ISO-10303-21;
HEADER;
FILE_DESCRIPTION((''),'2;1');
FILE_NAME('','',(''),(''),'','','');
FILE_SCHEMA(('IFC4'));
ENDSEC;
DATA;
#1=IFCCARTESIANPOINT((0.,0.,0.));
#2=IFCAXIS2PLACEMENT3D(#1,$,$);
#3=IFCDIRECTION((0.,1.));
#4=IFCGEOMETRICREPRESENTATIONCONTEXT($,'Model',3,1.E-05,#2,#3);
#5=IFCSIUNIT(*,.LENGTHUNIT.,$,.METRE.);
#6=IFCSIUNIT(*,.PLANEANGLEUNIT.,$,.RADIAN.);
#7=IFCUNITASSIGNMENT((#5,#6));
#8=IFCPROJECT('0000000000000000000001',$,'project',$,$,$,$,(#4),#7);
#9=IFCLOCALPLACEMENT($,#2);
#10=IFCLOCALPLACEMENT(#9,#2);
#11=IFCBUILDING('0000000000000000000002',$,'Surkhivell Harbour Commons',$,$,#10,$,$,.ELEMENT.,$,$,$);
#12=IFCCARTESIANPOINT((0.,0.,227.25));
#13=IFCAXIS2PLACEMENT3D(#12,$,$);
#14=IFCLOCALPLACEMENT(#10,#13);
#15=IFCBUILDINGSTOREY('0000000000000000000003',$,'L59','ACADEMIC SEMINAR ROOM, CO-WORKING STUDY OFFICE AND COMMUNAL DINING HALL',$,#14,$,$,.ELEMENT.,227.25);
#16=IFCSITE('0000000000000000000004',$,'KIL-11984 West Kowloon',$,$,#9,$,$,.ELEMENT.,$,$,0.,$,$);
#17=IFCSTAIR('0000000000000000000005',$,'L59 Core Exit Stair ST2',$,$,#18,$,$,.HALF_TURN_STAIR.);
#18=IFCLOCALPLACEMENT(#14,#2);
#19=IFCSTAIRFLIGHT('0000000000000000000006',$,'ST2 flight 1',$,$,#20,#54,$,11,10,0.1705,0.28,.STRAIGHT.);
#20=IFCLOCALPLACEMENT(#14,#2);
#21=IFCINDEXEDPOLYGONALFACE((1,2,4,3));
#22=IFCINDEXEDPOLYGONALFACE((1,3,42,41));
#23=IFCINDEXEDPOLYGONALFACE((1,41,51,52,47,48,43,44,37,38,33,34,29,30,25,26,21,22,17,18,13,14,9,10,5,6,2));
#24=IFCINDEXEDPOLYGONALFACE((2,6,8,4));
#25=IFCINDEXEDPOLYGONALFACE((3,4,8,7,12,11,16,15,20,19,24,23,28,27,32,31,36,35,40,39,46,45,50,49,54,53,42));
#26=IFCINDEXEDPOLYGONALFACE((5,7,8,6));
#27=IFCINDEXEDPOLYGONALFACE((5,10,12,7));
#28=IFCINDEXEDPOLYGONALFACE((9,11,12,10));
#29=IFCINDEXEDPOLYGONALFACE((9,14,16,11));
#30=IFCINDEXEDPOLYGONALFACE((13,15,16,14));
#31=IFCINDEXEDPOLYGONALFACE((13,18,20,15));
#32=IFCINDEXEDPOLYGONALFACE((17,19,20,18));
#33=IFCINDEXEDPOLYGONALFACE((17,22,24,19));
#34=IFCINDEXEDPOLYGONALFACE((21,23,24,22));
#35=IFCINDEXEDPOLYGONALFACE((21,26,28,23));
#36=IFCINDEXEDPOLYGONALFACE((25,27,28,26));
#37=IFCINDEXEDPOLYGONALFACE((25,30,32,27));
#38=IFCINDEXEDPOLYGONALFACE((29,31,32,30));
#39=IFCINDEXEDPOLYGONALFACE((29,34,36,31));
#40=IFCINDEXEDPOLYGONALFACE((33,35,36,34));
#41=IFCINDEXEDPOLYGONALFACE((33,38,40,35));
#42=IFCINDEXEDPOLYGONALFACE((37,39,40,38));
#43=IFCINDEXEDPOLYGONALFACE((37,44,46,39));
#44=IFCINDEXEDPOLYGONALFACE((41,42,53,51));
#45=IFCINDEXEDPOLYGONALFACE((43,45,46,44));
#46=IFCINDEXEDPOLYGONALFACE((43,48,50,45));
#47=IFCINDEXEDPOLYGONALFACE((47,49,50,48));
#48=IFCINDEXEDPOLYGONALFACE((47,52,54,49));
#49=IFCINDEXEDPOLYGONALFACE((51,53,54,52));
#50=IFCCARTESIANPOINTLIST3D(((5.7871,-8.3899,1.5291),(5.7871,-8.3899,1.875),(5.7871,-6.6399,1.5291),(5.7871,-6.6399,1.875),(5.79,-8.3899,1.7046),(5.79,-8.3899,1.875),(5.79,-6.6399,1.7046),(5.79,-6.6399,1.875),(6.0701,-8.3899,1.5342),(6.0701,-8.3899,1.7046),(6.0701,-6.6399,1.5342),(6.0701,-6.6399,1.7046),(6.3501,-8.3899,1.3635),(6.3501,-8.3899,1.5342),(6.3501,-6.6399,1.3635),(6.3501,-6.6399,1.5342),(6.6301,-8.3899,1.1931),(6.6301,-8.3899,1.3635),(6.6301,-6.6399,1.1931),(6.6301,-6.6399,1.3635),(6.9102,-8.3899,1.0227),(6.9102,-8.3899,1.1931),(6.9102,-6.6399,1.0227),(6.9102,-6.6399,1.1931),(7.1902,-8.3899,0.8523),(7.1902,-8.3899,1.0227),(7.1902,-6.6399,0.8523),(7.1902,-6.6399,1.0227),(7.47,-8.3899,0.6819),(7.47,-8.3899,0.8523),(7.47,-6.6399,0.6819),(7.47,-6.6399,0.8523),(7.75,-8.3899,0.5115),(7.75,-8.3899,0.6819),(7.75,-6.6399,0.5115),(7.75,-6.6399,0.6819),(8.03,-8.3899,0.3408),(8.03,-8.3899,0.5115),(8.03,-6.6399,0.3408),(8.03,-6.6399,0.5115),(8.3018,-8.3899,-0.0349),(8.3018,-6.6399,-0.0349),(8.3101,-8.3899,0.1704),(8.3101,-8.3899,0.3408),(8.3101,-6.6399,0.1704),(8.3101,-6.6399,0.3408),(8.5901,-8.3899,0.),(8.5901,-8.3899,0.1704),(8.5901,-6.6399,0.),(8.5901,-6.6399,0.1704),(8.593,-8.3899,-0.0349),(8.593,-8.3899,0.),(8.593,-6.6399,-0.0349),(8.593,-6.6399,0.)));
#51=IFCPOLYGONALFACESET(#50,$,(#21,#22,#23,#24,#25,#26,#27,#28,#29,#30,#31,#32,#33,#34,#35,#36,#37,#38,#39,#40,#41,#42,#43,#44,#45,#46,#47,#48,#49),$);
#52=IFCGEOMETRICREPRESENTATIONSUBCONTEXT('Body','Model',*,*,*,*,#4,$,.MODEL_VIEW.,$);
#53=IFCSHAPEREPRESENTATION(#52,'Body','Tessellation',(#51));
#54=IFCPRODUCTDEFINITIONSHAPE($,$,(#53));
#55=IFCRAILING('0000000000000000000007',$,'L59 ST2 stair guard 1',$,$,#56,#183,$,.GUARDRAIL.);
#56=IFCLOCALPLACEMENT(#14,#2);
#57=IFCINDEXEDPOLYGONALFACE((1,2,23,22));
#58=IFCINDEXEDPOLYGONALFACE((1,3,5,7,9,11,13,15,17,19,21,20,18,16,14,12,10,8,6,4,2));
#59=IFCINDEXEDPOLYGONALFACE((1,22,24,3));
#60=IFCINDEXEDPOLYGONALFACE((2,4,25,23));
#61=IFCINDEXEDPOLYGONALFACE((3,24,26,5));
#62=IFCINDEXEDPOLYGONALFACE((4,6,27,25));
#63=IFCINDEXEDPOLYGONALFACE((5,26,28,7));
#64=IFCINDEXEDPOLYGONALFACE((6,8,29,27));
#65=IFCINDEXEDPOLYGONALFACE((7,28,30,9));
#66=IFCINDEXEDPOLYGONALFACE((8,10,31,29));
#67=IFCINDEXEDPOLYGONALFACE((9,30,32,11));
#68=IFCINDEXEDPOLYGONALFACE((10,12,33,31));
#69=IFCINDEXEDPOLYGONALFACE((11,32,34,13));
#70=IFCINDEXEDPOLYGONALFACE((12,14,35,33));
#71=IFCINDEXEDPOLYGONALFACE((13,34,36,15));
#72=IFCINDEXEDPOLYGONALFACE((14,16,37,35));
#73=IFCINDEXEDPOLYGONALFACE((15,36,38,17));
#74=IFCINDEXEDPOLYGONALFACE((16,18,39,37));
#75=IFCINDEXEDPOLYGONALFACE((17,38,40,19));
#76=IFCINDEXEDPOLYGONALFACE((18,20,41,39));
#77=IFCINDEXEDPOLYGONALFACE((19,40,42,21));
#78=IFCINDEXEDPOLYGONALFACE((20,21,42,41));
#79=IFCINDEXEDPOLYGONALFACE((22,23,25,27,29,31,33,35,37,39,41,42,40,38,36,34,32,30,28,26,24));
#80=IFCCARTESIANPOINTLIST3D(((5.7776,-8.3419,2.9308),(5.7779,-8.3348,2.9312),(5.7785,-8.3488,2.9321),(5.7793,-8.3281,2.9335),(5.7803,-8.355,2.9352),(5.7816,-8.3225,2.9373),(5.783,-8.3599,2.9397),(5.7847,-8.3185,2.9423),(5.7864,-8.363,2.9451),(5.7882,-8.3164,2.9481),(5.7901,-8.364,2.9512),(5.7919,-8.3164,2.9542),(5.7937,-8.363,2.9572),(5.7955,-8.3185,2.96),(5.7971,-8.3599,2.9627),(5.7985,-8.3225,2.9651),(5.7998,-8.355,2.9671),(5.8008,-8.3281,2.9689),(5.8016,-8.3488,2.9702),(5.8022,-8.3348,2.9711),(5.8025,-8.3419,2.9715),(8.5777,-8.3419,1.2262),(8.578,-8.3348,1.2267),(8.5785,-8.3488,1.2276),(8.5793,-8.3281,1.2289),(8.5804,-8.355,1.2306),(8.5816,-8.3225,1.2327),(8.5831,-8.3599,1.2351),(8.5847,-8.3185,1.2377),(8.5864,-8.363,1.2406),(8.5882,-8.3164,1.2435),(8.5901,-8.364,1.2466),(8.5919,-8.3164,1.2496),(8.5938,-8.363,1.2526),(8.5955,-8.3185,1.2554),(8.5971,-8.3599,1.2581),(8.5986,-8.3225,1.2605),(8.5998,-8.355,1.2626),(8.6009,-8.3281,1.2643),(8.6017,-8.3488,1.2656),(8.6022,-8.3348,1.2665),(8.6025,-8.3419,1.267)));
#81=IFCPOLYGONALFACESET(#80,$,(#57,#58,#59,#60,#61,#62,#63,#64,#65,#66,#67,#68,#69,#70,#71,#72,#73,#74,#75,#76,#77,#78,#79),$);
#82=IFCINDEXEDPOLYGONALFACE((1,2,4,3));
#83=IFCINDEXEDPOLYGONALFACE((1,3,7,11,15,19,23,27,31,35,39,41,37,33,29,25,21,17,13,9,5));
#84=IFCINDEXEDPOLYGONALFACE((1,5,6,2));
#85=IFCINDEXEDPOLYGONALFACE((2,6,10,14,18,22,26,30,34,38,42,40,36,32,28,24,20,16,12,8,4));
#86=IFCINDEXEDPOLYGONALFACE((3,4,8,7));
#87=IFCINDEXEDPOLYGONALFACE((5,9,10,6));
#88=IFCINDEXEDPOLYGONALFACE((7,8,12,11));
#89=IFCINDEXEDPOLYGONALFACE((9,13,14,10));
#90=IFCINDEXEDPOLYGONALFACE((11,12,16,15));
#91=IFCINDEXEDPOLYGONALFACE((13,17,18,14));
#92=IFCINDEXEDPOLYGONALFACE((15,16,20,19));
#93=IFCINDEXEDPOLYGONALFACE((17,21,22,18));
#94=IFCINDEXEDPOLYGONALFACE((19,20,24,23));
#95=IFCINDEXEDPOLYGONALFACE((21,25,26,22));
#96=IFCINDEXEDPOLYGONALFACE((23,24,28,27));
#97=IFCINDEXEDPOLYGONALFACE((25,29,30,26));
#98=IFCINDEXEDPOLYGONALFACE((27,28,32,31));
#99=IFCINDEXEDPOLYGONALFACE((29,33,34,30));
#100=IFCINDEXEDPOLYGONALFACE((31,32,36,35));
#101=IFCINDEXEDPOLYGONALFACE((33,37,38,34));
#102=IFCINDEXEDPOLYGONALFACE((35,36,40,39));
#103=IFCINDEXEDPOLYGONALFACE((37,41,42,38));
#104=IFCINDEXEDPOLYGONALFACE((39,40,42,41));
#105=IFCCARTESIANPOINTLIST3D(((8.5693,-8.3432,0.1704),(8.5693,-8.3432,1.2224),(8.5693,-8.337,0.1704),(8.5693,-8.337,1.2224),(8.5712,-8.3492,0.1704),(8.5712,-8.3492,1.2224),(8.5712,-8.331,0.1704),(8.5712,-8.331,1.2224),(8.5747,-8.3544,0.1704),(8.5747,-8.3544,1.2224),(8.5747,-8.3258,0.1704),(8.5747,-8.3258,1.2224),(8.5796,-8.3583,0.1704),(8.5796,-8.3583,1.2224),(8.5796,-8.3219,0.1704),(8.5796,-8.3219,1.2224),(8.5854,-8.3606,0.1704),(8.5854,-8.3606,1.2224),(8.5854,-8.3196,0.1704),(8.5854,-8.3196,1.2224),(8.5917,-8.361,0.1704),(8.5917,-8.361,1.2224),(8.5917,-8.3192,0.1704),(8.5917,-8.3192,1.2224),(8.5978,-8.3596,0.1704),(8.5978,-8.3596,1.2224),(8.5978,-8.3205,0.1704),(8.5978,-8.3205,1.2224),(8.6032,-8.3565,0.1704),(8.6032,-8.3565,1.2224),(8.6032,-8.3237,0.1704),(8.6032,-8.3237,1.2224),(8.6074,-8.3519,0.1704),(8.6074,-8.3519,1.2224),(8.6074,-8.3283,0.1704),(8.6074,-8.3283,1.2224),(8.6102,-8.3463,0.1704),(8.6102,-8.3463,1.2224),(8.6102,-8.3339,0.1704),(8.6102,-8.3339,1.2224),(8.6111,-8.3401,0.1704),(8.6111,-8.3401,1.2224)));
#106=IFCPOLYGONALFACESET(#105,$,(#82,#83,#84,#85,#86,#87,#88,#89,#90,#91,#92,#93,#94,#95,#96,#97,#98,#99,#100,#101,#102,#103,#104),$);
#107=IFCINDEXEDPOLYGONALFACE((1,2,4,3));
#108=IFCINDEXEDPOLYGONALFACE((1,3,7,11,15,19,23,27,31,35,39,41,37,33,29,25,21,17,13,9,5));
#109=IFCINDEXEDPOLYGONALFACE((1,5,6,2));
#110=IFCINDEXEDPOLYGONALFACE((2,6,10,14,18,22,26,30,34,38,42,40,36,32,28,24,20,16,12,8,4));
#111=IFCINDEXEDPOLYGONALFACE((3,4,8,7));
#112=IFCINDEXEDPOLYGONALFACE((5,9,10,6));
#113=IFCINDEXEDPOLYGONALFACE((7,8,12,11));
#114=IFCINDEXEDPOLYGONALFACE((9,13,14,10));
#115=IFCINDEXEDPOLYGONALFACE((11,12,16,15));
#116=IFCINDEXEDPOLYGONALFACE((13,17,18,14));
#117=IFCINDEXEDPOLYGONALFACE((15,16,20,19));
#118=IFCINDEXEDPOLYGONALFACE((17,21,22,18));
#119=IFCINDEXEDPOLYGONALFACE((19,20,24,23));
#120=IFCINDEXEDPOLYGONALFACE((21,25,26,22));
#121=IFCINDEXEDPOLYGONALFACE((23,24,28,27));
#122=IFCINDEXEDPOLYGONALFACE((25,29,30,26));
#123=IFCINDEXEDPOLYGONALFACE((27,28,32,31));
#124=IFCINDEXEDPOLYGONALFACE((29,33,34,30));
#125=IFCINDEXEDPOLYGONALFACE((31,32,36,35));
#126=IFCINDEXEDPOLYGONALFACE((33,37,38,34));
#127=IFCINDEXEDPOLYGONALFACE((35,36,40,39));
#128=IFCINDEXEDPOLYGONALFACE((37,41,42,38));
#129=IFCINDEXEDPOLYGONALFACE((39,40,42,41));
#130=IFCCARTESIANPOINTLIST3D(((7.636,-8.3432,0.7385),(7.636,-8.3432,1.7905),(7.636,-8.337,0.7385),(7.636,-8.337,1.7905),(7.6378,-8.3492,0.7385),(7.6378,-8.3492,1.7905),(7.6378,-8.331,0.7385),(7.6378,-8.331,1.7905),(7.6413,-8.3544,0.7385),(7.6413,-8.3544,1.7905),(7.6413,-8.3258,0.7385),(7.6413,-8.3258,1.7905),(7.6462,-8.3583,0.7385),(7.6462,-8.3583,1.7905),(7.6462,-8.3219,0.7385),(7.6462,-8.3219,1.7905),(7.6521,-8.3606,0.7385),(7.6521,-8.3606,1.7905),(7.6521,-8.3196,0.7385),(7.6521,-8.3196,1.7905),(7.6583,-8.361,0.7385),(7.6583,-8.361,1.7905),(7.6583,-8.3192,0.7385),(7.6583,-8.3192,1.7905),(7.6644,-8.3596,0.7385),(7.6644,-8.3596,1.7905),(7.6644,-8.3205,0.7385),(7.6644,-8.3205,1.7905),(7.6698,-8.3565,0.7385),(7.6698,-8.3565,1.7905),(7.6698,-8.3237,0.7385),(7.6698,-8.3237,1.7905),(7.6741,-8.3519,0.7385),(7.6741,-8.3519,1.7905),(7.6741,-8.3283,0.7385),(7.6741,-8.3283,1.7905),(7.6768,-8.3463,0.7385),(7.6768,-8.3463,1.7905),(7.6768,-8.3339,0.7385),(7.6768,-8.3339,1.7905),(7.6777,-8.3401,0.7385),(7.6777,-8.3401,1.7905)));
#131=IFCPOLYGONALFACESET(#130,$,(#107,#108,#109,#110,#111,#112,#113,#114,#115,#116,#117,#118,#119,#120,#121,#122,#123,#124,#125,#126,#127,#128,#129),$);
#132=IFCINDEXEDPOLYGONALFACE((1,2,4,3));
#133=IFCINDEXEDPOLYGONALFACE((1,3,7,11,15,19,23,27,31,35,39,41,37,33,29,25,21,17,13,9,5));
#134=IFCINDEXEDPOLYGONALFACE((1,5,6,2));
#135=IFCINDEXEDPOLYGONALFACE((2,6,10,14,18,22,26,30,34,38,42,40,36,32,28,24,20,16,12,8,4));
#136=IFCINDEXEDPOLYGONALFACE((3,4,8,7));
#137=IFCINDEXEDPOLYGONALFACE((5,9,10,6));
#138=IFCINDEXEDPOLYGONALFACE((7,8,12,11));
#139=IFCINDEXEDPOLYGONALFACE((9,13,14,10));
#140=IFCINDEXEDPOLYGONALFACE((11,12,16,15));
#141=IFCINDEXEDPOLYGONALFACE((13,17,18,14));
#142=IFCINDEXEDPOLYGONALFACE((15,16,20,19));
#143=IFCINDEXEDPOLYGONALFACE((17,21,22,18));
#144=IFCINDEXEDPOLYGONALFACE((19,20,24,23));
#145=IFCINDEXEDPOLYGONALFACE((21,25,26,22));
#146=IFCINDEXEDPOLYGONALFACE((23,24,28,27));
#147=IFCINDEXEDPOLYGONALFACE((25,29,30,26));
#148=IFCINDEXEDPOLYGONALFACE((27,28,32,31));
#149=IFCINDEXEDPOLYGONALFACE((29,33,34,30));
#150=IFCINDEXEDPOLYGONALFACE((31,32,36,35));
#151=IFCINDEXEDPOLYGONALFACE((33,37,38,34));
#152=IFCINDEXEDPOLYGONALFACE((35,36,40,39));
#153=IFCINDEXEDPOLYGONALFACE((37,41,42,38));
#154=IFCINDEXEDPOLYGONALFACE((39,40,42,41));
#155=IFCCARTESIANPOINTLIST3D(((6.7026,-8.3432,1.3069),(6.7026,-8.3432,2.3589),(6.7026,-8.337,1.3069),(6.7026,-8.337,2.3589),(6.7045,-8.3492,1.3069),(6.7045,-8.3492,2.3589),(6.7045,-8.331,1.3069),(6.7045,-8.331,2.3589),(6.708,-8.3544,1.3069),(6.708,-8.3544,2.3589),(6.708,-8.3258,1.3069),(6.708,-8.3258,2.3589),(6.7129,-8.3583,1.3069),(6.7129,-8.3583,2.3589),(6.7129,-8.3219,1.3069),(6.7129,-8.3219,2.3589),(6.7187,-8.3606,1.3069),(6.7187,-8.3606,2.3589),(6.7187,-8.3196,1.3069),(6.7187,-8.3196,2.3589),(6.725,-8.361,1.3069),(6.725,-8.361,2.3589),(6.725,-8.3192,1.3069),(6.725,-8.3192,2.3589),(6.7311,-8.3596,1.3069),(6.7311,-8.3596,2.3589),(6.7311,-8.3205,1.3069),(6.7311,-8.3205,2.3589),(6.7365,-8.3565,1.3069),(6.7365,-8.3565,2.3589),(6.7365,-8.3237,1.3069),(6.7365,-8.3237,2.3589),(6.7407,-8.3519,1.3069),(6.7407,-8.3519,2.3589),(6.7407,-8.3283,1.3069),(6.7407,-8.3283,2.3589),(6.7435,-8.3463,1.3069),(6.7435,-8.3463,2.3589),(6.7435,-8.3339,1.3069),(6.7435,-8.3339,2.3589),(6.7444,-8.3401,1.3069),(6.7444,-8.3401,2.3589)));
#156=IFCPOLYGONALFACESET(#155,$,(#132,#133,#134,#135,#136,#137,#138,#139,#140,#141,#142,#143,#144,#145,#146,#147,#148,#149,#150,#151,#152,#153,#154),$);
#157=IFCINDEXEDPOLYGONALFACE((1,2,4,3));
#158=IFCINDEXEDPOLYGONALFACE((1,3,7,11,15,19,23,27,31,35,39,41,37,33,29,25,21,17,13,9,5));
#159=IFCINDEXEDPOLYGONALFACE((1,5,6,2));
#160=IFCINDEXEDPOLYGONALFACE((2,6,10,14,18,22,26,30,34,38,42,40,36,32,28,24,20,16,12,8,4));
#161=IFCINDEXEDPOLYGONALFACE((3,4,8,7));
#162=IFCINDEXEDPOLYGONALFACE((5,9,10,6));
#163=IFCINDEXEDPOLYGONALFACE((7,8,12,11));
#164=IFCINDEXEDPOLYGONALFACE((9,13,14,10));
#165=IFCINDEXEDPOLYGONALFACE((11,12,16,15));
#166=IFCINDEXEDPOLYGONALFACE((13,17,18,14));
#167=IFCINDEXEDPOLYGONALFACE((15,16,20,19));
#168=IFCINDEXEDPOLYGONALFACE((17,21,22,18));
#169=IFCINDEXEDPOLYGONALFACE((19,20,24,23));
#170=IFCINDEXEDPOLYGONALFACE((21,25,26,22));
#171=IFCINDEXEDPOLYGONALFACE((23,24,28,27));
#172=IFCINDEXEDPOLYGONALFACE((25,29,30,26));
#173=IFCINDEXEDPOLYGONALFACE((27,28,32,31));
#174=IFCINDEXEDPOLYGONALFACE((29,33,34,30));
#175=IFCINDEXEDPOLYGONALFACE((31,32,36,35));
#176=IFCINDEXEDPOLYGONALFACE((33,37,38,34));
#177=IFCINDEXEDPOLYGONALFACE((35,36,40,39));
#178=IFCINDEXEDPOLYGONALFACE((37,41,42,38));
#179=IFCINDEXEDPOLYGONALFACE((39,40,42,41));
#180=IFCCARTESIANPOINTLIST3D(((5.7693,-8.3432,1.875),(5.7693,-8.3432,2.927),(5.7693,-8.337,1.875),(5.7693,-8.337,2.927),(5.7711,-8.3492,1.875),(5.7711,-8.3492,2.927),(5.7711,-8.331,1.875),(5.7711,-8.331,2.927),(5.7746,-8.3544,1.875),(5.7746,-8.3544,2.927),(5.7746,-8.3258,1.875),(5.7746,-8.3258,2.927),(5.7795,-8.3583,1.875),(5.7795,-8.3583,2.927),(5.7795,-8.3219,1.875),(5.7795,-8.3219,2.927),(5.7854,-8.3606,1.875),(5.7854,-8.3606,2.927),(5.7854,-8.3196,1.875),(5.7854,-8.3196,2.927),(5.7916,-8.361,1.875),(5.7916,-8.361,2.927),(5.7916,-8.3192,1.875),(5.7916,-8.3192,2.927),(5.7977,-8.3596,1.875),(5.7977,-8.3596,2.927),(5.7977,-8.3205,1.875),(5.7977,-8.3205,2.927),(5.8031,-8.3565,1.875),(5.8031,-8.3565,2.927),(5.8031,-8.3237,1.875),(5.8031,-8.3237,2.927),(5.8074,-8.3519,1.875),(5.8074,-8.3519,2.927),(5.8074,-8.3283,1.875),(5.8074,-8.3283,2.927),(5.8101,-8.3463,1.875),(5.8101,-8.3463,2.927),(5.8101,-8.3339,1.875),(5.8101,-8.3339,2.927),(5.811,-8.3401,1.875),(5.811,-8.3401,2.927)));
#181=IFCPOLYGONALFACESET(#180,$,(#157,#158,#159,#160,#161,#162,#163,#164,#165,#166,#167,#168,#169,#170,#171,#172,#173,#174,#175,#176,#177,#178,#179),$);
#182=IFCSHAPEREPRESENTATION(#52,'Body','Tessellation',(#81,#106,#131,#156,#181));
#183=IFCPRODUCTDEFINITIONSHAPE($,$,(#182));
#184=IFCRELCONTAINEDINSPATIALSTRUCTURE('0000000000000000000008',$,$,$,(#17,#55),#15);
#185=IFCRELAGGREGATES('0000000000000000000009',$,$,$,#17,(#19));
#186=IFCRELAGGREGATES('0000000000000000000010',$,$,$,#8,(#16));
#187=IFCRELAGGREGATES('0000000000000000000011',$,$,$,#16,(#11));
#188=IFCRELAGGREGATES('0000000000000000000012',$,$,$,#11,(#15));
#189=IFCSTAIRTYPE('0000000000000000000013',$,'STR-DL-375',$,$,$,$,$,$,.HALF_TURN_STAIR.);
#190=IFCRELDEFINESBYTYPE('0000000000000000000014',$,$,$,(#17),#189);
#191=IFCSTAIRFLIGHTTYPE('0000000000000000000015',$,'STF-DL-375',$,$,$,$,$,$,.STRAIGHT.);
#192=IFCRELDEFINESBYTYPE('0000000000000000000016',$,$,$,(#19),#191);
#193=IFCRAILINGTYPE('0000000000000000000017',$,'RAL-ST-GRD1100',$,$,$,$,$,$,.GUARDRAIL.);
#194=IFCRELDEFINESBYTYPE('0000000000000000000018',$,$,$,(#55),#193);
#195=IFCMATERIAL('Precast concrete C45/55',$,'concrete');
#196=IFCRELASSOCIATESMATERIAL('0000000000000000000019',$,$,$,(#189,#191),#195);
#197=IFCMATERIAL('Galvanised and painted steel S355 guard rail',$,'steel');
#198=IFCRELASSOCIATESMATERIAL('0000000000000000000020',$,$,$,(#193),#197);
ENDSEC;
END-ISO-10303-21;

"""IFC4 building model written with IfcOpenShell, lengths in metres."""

from ifc_helpers import new_model, si_unit, direction, frame, origin, origin_2d, place, context, subcontext, project, spatial, polyline, circle, outline, extrude, material, type_object, element, aggregate, save


model = new_model("IFC4")

# Units and contexts
model_context = context("Model", 3, precision=1e-05, world=origin(), true_north=direction((0.0, 1.0)))
body_context = subcontext(model_context, "Body", "Model", "MODEL_VIEW")
ifc_project = project(units=[si_unit("LENGTHUNIT", "METRE"), si_unit("PLANEANGLEUNIT", "RADIAN")], contexts=[model_context])

# Site, building, storey
site_placement = place(None, origin())
site = spatial("IfcSite", under=ifc_project, at=site_placement, Name="KIL-11984 West Kowloon", CompositionType="ELEMENT", RefElevation=0.0)
building_placement = place(site_placement, origin())
building = spatial("IfcBuilding", under=site, at=building_placement, Name="Surkhivell Harbour Commons", CompositionType="ELEMENT")
storey_placement = place(building_placement, frame((0.0, 0.0, 227.25)))
storey = spatial("IfcBuildingStorey", under=building, at=storey_placement, Name="L59", Description="ACADEMIC SEMINAR ROOM, CO-WORKING STUDY OFFICE AND COMMUNAL DINING HALL", CompositionType="ELEMENT", Elevation=227.25)

# Stair, stair flight
ifc_material_1 = material(Name="Precast concrete C45/55", Category="concrete")
stair_type = type_object("IfcStairType", Name="STR-DL-375", PredefinedType="HALF_TURN_STAIR", material=ifc_material_1)
stair_placement = place(storey_placement, origin())
stair = element("IfcStair", 1, at=stair_placement, inside=storey, type_object=stair_type, Name="L59 Core Exit Stair ST2", PredefinedType="HALF_TURN_STAIR")
stair_flight_type = type_object("IfcStairFlightType", Name="STF-DL-375", PredefinedType="STRAIGHT", material=ifc_material_1)
stair_flight_placement = place(storey_placement, frame((8.5901, -7.5149, 0.0), z_axis=(0.0, 0.0, 1.0), x_axis=(-1.0, 0.0, 0.0)))
stair_flight = element("IfcStairFlight", 2, at=stair_flight_placement, type_object=stair_flight_type, Name="ST2 flight 1", NumberOfRisers=11, NumberOfTreads=10, PredefinedType="STRAIGHT", RiserHeight=0.1705, TreadLength=0.28, context=body_context, shape_type="SweptSolid", body=[
    extrude(outline(polyline([(-0.0029, -0.0349), (-0.0029, 0.0), (0.0, 0.0), (0.0, 0.1704), (0.28, 0.1704), (0.28, 0.3408), (0.5601, 0.3408), (0.5601, 0.5115), (0.8401, 0.5115), (0.8401, 0.6819), (1.1201, 0.6819), (1.1201, 0.8523), (1.3999, 0.8523), (1.3999, 1.0227), (1.6799, 1.0227), (1.6799, 1.1931), (1.96, 1.1931), (1.96, 1.3635), (2.24, 1.3635), (2.24, 1.5342), (2.52, 1.5342), (2.52, 1.7046), (2.8, 1.7046), (2.8, 1.875), (2.803, 1.875), (2.803, 1.5291), (0.2883, -0.0349), (-0.0029, -0.0349)])), frame((0.0, 0.875, 0.0), z_axis=(0.0, -1.0, 0.0), x_axis=(1.0, 0.0, 0.0)), (0.0, 0.0, 1.0), 1.75),
])
aggregate(stair, [stair_flight])

# Railing
ifc_material_2 = material(Name="Galvanised and painted steel S355 guard rail", Category="steel")
railing_type_1 = type_object("IfcRailingType", Name="RAL-ST-GRD1100", PredefinedType="GUARDRAIL", material=ifc_material_2)
railing_1_placement = place(storey_placement, frame((8.5901, -8.3401, 0.1704)))
element("IfcRailing", 3, at=railing_1_placement, inside=storey, type_object=railing_type_1, Name="L59 ST2 stair guard 1", PredefinedType="GUARDRAIL", context=body_context, shape_type="SweptSolid", body=[
    extrude(circle(Radius=0.0239, at=origin_2d()), frame((0.0, 0.0, 1.0762), z_axis=(-0.85417, 0.0, 0.519994), x_axis=(0.0, -1.0, 0.0)), (0.0, 0.0, 1.0), 3.2781),
    extrude(circle(Radius=0.021, at=origin_2d()), origin(), (0.0, 0.0, 1.0), 1.052),
    extrude(circle(Radius=0.021, at=origin_2d()), frame((-0.9333, 0.0, 0.5681)), (0.0, 0.0, 1.0), 1.052),
    extrude(circle(Radius=0.021, at=origin_2d()), frame((-1.8667, 0.0, 1.1365)), (0.0, 0.0, 1.0), 1.052),
    extrude(circle(Radius=0.021, at=origin_2d()), frame((-2.8, 0.0, 1.7046)), (0.0, 0.0, 1.0), 1.052),
])

save(model, "model.ifc")
